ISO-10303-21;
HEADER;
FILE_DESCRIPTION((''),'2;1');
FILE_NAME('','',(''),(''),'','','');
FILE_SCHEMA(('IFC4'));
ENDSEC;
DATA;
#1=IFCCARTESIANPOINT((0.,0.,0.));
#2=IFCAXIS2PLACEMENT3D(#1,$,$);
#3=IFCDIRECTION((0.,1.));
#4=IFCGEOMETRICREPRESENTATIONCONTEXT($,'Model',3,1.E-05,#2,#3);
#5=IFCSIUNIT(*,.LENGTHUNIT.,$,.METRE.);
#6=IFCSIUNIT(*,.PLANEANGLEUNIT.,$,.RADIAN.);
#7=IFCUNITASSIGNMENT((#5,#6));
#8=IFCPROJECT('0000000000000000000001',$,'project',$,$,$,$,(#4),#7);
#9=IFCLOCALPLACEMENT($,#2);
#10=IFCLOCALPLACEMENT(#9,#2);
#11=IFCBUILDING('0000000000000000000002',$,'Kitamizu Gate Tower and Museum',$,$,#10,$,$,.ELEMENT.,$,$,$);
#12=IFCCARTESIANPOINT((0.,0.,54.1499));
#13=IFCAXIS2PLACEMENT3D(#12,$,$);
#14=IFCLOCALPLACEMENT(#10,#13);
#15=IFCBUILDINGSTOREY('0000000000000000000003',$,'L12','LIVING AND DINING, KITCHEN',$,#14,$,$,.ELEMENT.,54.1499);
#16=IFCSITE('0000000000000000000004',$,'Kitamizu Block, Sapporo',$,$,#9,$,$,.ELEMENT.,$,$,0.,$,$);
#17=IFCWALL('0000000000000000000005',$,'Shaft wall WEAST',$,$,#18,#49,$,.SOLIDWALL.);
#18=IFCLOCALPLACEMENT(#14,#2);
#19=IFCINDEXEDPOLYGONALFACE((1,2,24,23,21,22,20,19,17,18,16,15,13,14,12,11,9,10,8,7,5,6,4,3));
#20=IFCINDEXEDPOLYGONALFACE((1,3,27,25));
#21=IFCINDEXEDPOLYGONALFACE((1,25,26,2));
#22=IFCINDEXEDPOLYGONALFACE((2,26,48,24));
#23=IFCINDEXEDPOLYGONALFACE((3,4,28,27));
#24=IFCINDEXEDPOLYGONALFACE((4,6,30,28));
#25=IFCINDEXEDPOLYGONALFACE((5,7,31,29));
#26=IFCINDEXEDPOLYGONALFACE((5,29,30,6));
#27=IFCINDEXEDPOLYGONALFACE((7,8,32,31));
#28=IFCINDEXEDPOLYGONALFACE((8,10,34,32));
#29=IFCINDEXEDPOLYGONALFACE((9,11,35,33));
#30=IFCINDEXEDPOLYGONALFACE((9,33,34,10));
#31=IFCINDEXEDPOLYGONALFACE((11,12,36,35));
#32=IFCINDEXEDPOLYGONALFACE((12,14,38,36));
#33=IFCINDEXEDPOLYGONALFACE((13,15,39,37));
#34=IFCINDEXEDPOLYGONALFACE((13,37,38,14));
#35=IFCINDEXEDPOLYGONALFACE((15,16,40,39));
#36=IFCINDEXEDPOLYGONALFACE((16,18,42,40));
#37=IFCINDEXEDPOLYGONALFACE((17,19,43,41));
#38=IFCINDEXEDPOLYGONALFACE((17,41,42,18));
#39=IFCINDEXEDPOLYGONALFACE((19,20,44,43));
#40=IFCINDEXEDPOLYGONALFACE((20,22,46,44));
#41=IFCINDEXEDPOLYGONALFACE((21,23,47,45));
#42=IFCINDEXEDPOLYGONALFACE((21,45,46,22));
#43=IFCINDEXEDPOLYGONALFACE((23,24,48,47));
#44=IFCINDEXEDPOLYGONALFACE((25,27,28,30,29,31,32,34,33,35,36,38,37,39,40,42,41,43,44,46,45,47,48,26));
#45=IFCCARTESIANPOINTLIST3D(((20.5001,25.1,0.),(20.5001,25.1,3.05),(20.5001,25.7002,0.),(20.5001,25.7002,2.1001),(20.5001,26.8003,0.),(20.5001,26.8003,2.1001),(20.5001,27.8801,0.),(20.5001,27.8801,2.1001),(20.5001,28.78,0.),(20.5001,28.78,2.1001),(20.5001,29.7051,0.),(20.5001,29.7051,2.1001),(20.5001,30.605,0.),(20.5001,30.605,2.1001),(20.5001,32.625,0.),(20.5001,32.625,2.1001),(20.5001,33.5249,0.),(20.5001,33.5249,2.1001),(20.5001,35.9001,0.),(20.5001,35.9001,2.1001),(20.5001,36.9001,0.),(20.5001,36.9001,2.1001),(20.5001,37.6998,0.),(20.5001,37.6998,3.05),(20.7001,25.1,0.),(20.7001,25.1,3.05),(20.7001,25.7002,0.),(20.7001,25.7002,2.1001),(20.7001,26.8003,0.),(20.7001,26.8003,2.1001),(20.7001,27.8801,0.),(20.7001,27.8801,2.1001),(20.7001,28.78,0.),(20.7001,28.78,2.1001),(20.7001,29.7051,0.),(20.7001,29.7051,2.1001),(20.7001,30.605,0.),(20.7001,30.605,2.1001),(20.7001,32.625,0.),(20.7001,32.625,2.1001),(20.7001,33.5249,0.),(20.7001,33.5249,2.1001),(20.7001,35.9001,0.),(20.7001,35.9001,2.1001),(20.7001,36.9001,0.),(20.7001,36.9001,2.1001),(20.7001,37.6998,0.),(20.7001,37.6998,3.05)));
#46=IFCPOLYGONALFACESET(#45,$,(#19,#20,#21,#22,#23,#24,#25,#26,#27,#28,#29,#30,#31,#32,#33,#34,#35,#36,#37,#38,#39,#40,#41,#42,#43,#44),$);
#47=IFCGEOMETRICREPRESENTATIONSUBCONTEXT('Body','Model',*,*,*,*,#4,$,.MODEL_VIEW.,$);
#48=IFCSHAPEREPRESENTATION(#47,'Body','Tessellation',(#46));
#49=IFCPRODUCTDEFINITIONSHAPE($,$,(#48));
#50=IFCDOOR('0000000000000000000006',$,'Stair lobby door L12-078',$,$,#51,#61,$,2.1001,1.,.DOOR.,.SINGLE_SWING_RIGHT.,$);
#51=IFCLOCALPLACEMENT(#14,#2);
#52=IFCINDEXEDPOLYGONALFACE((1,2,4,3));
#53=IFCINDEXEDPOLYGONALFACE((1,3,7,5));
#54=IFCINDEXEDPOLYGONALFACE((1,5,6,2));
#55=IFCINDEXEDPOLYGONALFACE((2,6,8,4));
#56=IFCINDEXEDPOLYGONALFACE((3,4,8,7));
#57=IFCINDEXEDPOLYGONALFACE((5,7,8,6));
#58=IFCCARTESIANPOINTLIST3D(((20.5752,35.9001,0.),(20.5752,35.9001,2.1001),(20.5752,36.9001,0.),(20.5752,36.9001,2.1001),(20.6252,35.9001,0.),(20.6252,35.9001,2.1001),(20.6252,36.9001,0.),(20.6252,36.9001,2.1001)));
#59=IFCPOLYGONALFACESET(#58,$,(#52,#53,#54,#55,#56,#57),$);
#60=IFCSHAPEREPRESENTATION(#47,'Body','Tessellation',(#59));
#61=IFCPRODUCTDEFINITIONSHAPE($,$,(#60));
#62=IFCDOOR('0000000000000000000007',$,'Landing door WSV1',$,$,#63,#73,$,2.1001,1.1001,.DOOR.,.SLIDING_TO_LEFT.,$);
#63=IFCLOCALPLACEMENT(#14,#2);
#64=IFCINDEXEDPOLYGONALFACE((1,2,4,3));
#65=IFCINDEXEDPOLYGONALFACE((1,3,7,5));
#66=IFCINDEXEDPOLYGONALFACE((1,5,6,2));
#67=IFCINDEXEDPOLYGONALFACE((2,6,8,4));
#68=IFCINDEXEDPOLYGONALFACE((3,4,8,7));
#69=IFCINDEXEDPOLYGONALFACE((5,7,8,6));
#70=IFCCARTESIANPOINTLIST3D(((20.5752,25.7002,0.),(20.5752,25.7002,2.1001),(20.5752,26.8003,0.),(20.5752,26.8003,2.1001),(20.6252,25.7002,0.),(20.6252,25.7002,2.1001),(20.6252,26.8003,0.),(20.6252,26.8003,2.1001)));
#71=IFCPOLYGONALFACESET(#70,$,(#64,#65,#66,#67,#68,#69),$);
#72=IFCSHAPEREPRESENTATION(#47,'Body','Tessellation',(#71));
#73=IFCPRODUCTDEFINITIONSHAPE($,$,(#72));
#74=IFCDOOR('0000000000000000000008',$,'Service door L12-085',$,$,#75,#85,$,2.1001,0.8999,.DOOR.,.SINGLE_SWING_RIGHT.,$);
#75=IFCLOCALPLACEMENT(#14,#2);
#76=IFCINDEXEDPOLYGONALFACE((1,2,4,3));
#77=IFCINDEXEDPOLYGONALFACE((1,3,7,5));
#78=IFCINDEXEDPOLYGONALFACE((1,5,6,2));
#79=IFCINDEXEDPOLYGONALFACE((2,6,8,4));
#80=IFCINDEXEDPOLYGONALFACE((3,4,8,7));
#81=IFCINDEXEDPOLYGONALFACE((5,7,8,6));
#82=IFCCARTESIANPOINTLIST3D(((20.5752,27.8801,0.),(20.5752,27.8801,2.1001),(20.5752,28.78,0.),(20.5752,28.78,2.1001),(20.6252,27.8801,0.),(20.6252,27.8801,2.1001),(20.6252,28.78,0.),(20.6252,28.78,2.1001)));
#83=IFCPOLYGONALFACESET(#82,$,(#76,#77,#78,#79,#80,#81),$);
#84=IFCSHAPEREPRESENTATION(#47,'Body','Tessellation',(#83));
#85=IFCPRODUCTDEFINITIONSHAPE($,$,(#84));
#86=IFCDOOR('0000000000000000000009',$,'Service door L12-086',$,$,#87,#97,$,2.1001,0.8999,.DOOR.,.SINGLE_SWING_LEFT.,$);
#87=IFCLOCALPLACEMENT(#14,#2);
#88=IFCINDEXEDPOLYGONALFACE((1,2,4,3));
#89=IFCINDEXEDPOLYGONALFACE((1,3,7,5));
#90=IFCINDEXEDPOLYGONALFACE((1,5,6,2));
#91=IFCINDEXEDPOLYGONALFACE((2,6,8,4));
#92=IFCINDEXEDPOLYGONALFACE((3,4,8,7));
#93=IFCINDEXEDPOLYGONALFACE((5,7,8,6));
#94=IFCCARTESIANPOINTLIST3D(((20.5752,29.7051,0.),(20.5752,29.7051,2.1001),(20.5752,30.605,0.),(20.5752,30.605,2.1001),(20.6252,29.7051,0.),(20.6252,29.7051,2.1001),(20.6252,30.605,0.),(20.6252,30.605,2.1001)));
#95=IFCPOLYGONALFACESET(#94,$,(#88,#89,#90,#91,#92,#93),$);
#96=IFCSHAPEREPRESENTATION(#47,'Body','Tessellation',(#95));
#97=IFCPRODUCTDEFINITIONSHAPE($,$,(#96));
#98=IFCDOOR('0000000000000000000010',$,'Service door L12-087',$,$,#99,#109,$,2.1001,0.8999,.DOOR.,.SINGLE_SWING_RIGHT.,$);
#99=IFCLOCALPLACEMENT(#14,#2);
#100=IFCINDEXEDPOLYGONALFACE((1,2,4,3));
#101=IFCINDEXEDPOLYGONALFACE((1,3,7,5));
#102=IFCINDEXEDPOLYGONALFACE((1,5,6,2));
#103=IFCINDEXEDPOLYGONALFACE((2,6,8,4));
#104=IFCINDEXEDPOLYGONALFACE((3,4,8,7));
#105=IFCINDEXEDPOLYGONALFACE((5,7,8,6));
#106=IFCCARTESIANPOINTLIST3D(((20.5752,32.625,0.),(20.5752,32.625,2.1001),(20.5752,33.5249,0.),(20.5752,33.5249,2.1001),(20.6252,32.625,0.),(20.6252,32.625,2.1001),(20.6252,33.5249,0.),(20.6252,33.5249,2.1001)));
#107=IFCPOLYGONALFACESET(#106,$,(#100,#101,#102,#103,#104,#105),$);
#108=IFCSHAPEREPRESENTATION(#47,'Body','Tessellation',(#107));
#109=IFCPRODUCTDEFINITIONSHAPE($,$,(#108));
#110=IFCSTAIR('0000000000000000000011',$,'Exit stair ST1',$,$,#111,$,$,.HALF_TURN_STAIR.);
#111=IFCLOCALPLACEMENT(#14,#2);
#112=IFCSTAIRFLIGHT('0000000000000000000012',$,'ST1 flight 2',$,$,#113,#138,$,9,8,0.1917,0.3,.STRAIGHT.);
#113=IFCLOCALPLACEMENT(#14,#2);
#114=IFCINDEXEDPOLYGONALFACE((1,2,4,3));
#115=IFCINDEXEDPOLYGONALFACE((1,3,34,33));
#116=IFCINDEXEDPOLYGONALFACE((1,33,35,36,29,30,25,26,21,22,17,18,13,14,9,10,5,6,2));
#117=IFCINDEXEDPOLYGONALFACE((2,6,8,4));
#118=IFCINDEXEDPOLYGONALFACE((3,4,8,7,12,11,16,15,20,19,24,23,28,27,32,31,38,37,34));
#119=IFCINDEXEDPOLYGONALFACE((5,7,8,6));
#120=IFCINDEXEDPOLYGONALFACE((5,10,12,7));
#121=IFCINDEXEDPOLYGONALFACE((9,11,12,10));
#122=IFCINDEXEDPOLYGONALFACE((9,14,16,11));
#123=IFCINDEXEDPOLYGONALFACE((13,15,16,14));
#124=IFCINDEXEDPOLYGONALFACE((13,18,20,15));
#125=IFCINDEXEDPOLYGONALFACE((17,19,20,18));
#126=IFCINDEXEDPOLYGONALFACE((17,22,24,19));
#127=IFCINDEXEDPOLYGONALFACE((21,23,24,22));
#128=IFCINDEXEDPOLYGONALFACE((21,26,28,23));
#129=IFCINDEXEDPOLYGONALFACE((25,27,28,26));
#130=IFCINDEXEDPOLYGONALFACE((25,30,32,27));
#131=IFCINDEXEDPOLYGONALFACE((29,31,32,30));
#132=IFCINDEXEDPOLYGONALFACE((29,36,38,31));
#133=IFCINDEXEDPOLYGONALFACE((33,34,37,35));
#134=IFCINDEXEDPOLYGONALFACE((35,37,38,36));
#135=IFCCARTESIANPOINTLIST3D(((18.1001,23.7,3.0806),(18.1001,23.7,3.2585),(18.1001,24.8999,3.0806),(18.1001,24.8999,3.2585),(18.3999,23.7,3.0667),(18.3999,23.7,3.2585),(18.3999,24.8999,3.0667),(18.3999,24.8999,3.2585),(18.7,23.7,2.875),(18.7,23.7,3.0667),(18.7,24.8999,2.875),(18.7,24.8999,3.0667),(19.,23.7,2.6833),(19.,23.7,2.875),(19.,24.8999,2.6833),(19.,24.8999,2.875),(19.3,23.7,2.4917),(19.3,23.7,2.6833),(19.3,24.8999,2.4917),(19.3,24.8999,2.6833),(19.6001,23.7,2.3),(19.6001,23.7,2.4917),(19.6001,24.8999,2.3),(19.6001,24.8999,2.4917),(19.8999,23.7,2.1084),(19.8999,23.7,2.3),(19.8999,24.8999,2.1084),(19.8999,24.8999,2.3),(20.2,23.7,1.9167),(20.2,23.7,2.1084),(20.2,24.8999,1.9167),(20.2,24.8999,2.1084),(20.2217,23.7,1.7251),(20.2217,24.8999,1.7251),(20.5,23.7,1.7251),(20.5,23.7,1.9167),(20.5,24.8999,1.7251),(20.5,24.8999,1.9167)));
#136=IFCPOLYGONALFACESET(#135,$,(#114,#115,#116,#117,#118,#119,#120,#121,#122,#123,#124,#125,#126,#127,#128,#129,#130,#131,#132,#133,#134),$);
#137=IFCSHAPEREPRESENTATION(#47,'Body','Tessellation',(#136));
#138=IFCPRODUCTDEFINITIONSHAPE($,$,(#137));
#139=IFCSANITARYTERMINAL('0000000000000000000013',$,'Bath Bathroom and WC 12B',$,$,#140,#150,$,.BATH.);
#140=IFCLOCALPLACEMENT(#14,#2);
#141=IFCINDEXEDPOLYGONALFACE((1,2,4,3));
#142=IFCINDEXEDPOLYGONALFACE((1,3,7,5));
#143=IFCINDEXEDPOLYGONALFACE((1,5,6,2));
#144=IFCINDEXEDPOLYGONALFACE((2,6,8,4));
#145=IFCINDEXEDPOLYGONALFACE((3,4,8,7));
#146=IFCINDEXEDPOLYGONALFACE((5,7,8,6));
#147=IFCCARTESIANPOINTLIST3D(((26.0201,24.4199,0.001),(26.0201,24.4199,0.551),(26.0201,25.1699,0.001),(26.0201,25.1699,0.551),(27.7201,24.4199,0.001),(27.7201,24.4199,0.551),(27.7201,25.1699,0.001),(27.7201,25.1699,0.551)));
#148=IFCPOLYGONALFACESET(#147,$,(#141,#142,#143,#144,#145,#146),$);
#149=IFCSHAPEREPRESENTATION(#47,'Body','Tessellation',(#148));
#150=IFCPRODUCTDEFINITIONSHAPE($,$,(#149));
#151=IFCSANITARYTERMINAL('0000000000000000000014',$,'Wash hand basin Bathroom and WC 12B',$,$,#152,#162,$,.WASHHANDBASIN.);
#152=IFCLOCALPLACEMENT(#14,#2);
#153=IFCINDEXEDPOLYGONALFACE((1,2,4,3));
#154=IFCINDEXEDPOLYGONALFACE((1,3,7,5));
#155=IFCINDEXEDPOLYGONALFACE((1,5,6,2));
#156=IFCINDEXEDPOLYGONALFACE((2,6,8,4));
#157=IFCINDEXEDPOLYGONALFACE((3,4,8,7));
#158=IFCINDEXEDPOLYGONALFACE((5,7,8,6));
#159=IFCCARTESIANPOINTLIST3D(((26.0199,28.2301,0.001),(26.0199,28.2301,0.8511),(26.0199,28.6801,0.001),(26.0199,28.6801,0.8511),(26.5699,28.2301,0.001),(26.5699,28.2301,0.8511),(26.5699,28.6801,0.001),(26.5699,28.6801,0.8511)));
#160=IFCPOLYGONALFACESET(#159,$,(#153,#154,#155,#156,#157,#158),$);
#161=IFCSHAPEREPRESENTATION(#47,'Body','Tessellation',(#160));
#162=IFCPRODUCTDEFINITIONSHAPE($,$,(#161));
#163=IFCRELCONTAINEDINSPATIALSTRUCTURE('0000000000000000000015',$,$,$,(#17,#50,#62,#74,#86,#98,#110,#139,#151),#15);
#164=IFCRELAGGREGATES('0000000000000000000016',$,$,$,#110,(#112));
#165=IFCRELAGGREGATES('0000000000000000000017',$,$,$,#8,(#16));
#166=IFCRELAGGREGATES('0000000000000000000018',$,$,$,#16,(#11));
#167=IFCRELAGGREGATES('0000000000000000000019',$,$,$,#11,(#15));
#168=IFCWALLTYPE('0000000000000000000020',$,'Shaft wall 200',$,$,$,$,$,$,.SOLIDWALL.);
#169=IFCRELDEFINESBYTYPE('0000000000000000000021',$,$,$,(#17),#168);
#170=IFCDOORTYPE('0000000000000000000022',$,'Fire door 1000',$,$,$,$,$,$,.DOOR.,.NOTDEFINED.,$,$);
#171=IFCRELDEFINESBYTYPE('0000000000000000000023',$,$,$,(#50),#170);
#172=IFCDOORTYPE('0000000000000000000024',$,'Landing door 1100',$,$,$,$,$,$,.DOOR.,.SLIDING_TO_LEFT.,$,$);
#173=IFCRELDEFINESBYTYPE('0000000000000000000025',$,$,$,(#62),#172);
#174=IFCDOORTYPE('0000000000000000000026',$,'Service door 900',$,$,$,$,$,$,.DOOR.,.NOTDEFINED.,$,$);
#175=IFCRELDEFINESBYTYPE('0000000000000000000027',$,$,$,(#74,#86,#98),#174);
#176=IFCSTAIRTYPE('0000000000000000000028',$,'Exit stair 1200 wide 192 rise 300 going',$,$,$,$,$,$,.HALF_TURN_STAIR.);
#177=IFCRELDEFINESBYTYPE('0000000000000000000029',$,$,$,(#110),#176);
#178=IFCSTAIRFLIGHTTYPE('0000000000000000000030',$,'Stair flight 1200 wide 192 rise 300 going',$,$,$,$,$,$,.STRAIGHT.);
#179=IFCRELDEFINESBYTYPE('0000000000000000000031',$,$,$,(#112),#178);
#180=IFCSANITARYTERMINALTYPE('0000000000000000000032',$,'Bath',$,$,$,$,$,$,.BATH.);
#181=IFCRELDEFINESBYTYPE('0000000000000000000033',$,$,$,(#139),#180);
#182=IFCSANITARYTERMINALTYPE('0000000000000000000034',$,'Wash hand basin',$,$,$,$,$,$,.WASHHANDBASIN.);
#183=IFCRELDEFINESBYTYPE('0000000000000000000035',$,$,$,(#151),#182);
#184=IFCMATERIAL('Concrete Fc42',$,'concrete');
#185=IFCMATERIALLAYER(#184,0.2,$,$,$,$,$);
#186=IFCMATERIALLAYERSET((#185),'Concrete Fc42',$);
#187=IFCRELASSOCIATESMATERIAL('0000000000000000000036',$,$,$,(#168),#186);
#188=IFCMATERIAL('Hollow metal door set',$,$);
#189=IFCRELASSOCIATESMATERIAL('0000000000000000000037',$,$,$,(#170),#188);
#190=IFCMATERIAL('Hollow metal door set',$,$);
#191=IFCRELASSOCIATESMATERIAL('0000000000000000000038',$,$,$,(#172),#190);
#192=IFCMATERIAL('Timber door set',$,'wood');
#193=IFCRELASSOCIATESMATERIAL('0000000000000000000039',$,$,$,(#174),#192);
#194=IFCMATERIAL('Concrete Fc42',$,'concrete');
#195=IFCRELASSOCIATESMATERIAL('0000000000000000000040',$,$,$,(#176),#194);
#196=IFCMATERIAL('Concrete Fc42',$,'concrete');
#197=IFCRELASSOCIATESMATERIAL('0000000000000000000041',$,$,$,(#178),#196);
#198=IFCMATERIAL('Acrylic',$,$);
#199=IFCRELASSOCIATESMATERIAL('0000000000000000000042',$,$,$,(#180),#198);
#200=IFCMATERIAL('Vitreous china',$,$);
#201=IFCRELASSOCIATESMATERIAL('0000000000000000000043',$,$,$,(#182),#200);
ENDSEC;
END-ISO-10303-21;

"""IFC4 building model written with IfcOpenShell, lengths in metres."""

from ifc_helpers import new_model, si_unit, direction, frame, frame_2d, origin, origin_2d, place, context, subcontext, project, spatial, polyline, rectangle, outline, extrude, material, layer, layer_set, type_object, element, fill, aggregate, save


model = new_model("IFC4")

# Units and contexts
model_context = context("Model", 3, precision=1e-05, world=origin(), true_north=direction((0.0, 1.0)))
body_context = subcontext(model_context, "Body", "Model", "MODEL_VIEW")
ifc_project = project(units=[si_unit("LENGTHUNIT", "METRE"), si_unit("PLANEANGLEUNIT", "RADIAN")], contexts=[model_context])

# Site, building, storey
site_placement = place(None, origin())
site = spatial("IfcSite", under=ifc_project, at=site_placement, Name="Kitamizu Block, Sapporo", CompositionType="ELEMENT", RefElevation=0.0)
building_placement = place(site_placement, origin())
building = spatial("IfcBuilding", under=site, at=building_placement, Name="Kitamizu Gate Tower and Museum", CompositionType="ELEMENT")
storey_placement = place(building_placement, frame((0.0, 0.0, 54.1499)))
storey = spatial("IfcBuildingStorey", under=building, at=storey_placement, Name="L12", Description="LIVING AND DINING, KITCHEN", CompositionType="ELEMENT", Elevation=54.1499)

# Wall, openings, doors
ifc_material_1 = material(Name="Concrete Fc42", Category="concrete")
ifc_layer_1 = layer(ifc_material_1, 0.2)
ifc_layer_set_1 = layer_set([ifc_layer_1], Name="Concrete Fc42")
wall_type_1 = type_object("IfcWallType", Name="Shaft wall 200", PredefinedType="SOLIDWALL", material=ifc_layer_set_1)
wall_1_placement = place(storey_placement, frame((20.6001, 25.1001, 0.0), z_axis=(0.0, 0.0, 1.0), x_axis=(0.0, 1.0, 0.0)))
wall_1 = element("IfcWall", 1, at=wall_1_placement, inside=storey, type_object=wall_type_1, Name="Shaft wall WEAST", PredefinedType="SOLIDWALL", context=body_context, shape_type="SweptSolid", body=[
    extrude(rectangle(XDim=12.5999, YDim=0.2, at=frame_2d((6.2998, 0.0))), origin(), (0.0, 0.0, 1.0), 3.05),
])
opening_1_placement = place(wall_1_placement, frame((0.6001, 0.0, 0.0)))
opening_1 = element("IfcOpeningElement", 2, at=opening_1_placement, cuts=wall_1, PredefinedType="OPENING", context=body_context, shape_type="SweptSolid", body=[
    extrude(rectangle(XDim=1.1001, YDim=2.1001, at=frame_2d((0.55, 1.05))), frame((0.0, 0.1099, 0.0), z_axis=(0.0, -1.0, 0.0), x_axis=(1.0, 0.0, 0.0)), (0.0, 0.0, 1.0), 0.22),
])
opening_2_placement = place(wall_1_placement, frame((10.8, 0.0, 0.0)))
opening_2 = element("IfcOpeningElement", 3, at=opening_2_placement, cuts=wall_1, PredefinedType="OPENING", context=body_context, shape_type="SweptSolid", body=[
    extrude(rectangle(XDim=1.0, YDim=2.1001, at=frame_2d((0.5, 1.05))), frame((0.0, 0.1099, 0.0), z_axis=(0.0, -1.0, 0.0), x_axis=(1.0, 0.0, 0.0)), (0.0, 0.0, 1.0), 0.22),
])
opening_3_placement = place(wall_1_placement, frame((2.78, 0.0, 0.0)))
opening_3 = element("IfcOpeningElement", 4, at=opening_3_placement, cuts=wall_1, PredefinedType="OPENING", context=body_context, shape_type="SweptSolid", body=[
    extrude(rectangle(XDim=0.8999, YDim=2.1001, at=frame_2d((0.45, 1.05))), frame((0.0, 0.1099, 0.0), z_axis=(0.0, -1.0, 0.0), x_axis=(1.0, 0.0, 0.0)), (0.0, 0.0, 1.0), 0.22),
])
opening_4_placement = place(wall_1_placement, frame((4.605, 0.0, 0.0)))
opening_4 = element("IfcOpeningElement", 5, at=opening_4_placement, cuts=wall_1, PredefinedType="OPENING", context=body_context, shape_type="SweptSolid", body=[
    extrude(rectangle(XDim=0.8999, YDim=2.1001, at=frame_2d((0.45, 1.05))), frame((0.0, 0.1099, 0.0), z_axis=(0.0, -1.0, 0.0), x_axis=(1.0, 0.0, 0.0)), (0.0, 0.0, 1.0), 0.22),
])
opening_5_placement = place(wall_1_placement, frame((7.5249, 0.0, 0.0)))
opening_5 = element("IfcOpeningElement", 6, at=opening_5_placement, cuts=wall_1, PredefinedType="OPENING", context=body_context, shape_type="SweptSolid", body=[
    extrude(rectangle(XDim=0.8999, YDim=2.1001, at=frame_2d((0.45, 1.05))), frame((0.0, 0.1099, 0.0), z_axis=(0.0, -1.0, 0.0), x_axis=(1.0, 0.0, 0.0)), (0.0, 0.0, 1.0), 0.22),
])
ifc_material_2 = material(Name="Hollow metal door set")
door_type_1 = type_object("IfcDoorType", Name="Fire door 1000", OperationType="NOTDEFINED", PredefinedType="DOOR", material=ifc_material_2)
door_1_placement = place(opening_2_placement, origin())
door_1 = element("IfcDoor", 7, at=door_1_placement, inside=storey, type_object=door_type_1, Name="Stair lobby door L12-078", OperationType="SINGLE_SWING_RIGHT", OverallHeight=2.1001, OverallWidth=1.0, PredefinedType="DOOR", context=body_context, shape_type="SweptSolid", body=[
    extrude(rectangle(XDim=1.0, YDim=2.1001, at=frame_2d((0.5, 1.05))), frame((0.0, 0.0249, 0.0), z_axis=(0.0, -1.0, 0.0), x_axis=(1.0, 0.0, 0.0)), (0.0, 0.0, 1.0), 0.05),
])
fill(opening_2, door_1)
ifc_material_3 = material(Name="Hollow metal door set")
door_type_2 = type_object("IfcDoorType", Name="Landing door 1100", OperationType="SLIDING_TO_LEFT", PredefinedType="DOOR", material=ifc_material_3)
door_2_placement = place(opening_1_placement, origin())
door_2 = element("IfcDoor", 8, at=door_2_placement, inside=storey, type_object=door_type_2, Name="Landing door WSV1", OperationType="SLIDING_TO_LEFT", OverallHeight=2.1001, OverallWidth=1.1001, PredefinedType="DOOR", context=body_context, shape_type="SweptSolid", body=[
    extrude(rectangle(XDim=1.1001, YDim=2.1001, at=frame_2d((0.55, 1.05))), frame((0.0, 0.0249, 0.0), z_axis=(0.0, -1.0, 0.0), x_axis=(1.0, 0.0, 0.0)), (0.0, 0.0, 1.0), 0.05),
])
fill(opening_1, door_2)
ifc_material_4 = material(Name="Timber door set", Category="wood")
door_type_3 = type_object("IfcDoorType", Name="Service door 900", OperationType="NOTDEFINED", PredefinedType="DOOR", material=ifc_material_4)
door_3_placement = place(opening_3_placement, origin())
door_3 = element("IfcDoor", 9, at=door_3_placement, inside=storey, type_object=door_type_3, Name="Service door L12-085", OperationType="SINGLE_SWING_RIGHT", OverallHeight=2.1001, OverallWidth=0.8999, PredefinedType="DOOR", context=body_context, shape_type="SweptSolid", body=[
    extrude(rectangle(XDim=0.8999, YDim=2.1001, at=frame_2d((0.45, 1.05))), frame((0.0, 0.0249, 0.0), z_axis=(0.0, -1.0, 0.0), x_axis=(1.0, 0.0, 0.0)), (0.0, 0.0, 1.0), 0.05),
])
fill(opening_3, door_3)
door_4_placement = place(opening_4_placement, origin())
door_4 = element("IfcDoor", 10, at=door_4_placement, inside=storey, type_object=door_type_3, Name="Service door L12-086", OperationType="SINGLE_SWING_LEFT", OverallHeight=2.1001, OverallWidth=0.8999, PredefinedType="DOOR", context=body_context, shape_type="SweptSolid", body=[
    extrude(rectangle(XDim=0.8999, YDim=2.1001, at=frame_2d((0.45, 1.05))), frame((0.0, 0.0249, 0.0), z_axis=(0.0, -1.0, 0.0), x_axis=(1.0, 0.0, 0.0)), (0.0, 0.0, 1.0), 0.05),
])
fill(opening_4, door_4)
door_5_placement = place(opening_5_placement, origin())
door_5 = element("IfcDoor", 11, at=door_5_placement, inside=storey, type_object=door_type_3, Name="Service door L12-087", OperationType="SINGLE_SWING_RIGHT", OverallHeight=2.1001, OverallWidth=0.8999, PredefinedType="DOOR", context=body_context, shape_type="SweptSolid", body=[
    extrude(rectangle(XDim=0.8999, YDim=2.1001, at=frame_2d((0.45, 1.05))), frame((0.0, 0.0249, 0.0), z_axis=(0.0, -1.0, 0.0), x_axis=(1.0, 0.0, 0.0)), (0.0, 0.0, 1.0), 0.05),
])
fill(opening_5, door_5)

# Stair, stair flight
ifc_material_5 = material(Name="Concrete Fc42", Category="concrete")
stair_type = type_object("IfcStairType", Name="Exit stair 1200 wide 192 rise 300 going", PredefinedType="HALF_TURN_STAIR", material=ifc_material_5)
stair_placement = place(storey_placement, origin())
stair = element("IfcStair", 12, at=stair_placement, inside=storey, type_object=stair_type, Name="Exit stair ST1", PredefinedType="HALF_TURN_STAIR")
ifc_material_6 = material(Name="Concrete Fc42", Category="concrete")
stair_flight_type = type_object("IfcStairFlightType", Name="Stair flight 1200 wide 192 rise 300 going", PredefinedType="STRAIGHT", material=ifc_material_6)
stair_flight_placement = place(storey_placement, frame((20.5, 24.3, 1.7251), z_axis=(0.0, 0.0, 1.0), x_axis=(-1.0, 0.0, 0.0)))
stair_flight = element("IfcStairFlight", 13, at=stair_flight_placement, type_object=stair_flight_type, Name="ST1 flight 2", NumberOfRisers=9, NumberOfTreads=8, PredefinedType="STRAIGHT", RiserHeight=0.1917, TreadLength=0.3, context=body_context, shape_type="SweptSolid", body=[
    extrude(outline(polyline([(0.0, 0.0), (0.0, 0.1917), (0.3, 0.1917), (0.3, 0.3833), (0.6001, 0.3833), (0.6001, 0.575), (0.8999, 0.575), (0.8999, 0.7666), (1.2, 0.7666), (1.2, 0.9583), (1.5, 0.9583), (1.5, 1.1499), (1.8, 1.1499), (1.8, 1.3416), (2.1001, 1.3416), (2.1001, 1.5334), (2.3999, 1.5334), (2.3999, 1.7251), (2.3999, 1.3555), (0.2783, 0.0), (0.0, 0.0)])), frame((0.0, 0.6001, 0.0), z_axis=(0.0, -1.0, 0.0), x_axis=(1.0, 0.0, 0.0)), (0.0, 0.0, 1.0), 1.2),
])
aggregate(stair, [stair_flight])

# Sanitary terminals
ifc_material_7 = material(Name="Acrylic")
sanitary_terminal_type_1 = type_object("IfcSanitaryTerminalType", Name="Bath", PredefinedType="BATH", material=ifc_material_7)
sanitary_terminal_1_placement = place(storey_placement, frame((26.8701, 24.7949, 0.001), z_axis=(0.0, 0.0, 1.0), x_axis=(1.0, 0.0, 0.0)))
element("IfcSanitaryTerminal", 14, at=sanitary_terminal_1_placement, inside=storey, type_object=sanitary_terminal_type_1, Name="Bath Bathroom and WC 12B", PredefinedType="BATH", context=body_context, shape_type="SweptSolid", body=[
    extrude(rectangle(XDim=1.7, YDim=0.75, at=origin_2d()), origin(), (0.0, 0.0, 1.0), 0.55),
])
ifc_material_8 = material(Name="Vitreous china")
sanitary_terminal_type_2 = type_object("IfcSanitaryTerminalType", Name="Wash hand basin", PredefinedType="WASHHANDBASIN", material=ifc_material_8)
sanitary_terminal_2_placement = place(storey_placement, frame((26.2949, 28.4551, 0.001), z_axis=(0.0, 0.0, 1.0), x_axis=(1.0, 0.0, 0.0)))
element("IfcSanitaryTerminal", 15, at=sanitary_terminal_2_placement, inside=storey, type_object=sanitary_terminal_type_2, Name="Wash hand basin Bathroom and WC 12B", PredefinedType="WASHHANDBASIN", context=body_context, shape_type="SweptSolid", body=[
    extrude(rectangle(XDim=0.55, YDim=0.45, at=origin_2d()), origin(), (0.0, 0.0, 1.0), 0.8501),
])

save(model, "model.ifc")
